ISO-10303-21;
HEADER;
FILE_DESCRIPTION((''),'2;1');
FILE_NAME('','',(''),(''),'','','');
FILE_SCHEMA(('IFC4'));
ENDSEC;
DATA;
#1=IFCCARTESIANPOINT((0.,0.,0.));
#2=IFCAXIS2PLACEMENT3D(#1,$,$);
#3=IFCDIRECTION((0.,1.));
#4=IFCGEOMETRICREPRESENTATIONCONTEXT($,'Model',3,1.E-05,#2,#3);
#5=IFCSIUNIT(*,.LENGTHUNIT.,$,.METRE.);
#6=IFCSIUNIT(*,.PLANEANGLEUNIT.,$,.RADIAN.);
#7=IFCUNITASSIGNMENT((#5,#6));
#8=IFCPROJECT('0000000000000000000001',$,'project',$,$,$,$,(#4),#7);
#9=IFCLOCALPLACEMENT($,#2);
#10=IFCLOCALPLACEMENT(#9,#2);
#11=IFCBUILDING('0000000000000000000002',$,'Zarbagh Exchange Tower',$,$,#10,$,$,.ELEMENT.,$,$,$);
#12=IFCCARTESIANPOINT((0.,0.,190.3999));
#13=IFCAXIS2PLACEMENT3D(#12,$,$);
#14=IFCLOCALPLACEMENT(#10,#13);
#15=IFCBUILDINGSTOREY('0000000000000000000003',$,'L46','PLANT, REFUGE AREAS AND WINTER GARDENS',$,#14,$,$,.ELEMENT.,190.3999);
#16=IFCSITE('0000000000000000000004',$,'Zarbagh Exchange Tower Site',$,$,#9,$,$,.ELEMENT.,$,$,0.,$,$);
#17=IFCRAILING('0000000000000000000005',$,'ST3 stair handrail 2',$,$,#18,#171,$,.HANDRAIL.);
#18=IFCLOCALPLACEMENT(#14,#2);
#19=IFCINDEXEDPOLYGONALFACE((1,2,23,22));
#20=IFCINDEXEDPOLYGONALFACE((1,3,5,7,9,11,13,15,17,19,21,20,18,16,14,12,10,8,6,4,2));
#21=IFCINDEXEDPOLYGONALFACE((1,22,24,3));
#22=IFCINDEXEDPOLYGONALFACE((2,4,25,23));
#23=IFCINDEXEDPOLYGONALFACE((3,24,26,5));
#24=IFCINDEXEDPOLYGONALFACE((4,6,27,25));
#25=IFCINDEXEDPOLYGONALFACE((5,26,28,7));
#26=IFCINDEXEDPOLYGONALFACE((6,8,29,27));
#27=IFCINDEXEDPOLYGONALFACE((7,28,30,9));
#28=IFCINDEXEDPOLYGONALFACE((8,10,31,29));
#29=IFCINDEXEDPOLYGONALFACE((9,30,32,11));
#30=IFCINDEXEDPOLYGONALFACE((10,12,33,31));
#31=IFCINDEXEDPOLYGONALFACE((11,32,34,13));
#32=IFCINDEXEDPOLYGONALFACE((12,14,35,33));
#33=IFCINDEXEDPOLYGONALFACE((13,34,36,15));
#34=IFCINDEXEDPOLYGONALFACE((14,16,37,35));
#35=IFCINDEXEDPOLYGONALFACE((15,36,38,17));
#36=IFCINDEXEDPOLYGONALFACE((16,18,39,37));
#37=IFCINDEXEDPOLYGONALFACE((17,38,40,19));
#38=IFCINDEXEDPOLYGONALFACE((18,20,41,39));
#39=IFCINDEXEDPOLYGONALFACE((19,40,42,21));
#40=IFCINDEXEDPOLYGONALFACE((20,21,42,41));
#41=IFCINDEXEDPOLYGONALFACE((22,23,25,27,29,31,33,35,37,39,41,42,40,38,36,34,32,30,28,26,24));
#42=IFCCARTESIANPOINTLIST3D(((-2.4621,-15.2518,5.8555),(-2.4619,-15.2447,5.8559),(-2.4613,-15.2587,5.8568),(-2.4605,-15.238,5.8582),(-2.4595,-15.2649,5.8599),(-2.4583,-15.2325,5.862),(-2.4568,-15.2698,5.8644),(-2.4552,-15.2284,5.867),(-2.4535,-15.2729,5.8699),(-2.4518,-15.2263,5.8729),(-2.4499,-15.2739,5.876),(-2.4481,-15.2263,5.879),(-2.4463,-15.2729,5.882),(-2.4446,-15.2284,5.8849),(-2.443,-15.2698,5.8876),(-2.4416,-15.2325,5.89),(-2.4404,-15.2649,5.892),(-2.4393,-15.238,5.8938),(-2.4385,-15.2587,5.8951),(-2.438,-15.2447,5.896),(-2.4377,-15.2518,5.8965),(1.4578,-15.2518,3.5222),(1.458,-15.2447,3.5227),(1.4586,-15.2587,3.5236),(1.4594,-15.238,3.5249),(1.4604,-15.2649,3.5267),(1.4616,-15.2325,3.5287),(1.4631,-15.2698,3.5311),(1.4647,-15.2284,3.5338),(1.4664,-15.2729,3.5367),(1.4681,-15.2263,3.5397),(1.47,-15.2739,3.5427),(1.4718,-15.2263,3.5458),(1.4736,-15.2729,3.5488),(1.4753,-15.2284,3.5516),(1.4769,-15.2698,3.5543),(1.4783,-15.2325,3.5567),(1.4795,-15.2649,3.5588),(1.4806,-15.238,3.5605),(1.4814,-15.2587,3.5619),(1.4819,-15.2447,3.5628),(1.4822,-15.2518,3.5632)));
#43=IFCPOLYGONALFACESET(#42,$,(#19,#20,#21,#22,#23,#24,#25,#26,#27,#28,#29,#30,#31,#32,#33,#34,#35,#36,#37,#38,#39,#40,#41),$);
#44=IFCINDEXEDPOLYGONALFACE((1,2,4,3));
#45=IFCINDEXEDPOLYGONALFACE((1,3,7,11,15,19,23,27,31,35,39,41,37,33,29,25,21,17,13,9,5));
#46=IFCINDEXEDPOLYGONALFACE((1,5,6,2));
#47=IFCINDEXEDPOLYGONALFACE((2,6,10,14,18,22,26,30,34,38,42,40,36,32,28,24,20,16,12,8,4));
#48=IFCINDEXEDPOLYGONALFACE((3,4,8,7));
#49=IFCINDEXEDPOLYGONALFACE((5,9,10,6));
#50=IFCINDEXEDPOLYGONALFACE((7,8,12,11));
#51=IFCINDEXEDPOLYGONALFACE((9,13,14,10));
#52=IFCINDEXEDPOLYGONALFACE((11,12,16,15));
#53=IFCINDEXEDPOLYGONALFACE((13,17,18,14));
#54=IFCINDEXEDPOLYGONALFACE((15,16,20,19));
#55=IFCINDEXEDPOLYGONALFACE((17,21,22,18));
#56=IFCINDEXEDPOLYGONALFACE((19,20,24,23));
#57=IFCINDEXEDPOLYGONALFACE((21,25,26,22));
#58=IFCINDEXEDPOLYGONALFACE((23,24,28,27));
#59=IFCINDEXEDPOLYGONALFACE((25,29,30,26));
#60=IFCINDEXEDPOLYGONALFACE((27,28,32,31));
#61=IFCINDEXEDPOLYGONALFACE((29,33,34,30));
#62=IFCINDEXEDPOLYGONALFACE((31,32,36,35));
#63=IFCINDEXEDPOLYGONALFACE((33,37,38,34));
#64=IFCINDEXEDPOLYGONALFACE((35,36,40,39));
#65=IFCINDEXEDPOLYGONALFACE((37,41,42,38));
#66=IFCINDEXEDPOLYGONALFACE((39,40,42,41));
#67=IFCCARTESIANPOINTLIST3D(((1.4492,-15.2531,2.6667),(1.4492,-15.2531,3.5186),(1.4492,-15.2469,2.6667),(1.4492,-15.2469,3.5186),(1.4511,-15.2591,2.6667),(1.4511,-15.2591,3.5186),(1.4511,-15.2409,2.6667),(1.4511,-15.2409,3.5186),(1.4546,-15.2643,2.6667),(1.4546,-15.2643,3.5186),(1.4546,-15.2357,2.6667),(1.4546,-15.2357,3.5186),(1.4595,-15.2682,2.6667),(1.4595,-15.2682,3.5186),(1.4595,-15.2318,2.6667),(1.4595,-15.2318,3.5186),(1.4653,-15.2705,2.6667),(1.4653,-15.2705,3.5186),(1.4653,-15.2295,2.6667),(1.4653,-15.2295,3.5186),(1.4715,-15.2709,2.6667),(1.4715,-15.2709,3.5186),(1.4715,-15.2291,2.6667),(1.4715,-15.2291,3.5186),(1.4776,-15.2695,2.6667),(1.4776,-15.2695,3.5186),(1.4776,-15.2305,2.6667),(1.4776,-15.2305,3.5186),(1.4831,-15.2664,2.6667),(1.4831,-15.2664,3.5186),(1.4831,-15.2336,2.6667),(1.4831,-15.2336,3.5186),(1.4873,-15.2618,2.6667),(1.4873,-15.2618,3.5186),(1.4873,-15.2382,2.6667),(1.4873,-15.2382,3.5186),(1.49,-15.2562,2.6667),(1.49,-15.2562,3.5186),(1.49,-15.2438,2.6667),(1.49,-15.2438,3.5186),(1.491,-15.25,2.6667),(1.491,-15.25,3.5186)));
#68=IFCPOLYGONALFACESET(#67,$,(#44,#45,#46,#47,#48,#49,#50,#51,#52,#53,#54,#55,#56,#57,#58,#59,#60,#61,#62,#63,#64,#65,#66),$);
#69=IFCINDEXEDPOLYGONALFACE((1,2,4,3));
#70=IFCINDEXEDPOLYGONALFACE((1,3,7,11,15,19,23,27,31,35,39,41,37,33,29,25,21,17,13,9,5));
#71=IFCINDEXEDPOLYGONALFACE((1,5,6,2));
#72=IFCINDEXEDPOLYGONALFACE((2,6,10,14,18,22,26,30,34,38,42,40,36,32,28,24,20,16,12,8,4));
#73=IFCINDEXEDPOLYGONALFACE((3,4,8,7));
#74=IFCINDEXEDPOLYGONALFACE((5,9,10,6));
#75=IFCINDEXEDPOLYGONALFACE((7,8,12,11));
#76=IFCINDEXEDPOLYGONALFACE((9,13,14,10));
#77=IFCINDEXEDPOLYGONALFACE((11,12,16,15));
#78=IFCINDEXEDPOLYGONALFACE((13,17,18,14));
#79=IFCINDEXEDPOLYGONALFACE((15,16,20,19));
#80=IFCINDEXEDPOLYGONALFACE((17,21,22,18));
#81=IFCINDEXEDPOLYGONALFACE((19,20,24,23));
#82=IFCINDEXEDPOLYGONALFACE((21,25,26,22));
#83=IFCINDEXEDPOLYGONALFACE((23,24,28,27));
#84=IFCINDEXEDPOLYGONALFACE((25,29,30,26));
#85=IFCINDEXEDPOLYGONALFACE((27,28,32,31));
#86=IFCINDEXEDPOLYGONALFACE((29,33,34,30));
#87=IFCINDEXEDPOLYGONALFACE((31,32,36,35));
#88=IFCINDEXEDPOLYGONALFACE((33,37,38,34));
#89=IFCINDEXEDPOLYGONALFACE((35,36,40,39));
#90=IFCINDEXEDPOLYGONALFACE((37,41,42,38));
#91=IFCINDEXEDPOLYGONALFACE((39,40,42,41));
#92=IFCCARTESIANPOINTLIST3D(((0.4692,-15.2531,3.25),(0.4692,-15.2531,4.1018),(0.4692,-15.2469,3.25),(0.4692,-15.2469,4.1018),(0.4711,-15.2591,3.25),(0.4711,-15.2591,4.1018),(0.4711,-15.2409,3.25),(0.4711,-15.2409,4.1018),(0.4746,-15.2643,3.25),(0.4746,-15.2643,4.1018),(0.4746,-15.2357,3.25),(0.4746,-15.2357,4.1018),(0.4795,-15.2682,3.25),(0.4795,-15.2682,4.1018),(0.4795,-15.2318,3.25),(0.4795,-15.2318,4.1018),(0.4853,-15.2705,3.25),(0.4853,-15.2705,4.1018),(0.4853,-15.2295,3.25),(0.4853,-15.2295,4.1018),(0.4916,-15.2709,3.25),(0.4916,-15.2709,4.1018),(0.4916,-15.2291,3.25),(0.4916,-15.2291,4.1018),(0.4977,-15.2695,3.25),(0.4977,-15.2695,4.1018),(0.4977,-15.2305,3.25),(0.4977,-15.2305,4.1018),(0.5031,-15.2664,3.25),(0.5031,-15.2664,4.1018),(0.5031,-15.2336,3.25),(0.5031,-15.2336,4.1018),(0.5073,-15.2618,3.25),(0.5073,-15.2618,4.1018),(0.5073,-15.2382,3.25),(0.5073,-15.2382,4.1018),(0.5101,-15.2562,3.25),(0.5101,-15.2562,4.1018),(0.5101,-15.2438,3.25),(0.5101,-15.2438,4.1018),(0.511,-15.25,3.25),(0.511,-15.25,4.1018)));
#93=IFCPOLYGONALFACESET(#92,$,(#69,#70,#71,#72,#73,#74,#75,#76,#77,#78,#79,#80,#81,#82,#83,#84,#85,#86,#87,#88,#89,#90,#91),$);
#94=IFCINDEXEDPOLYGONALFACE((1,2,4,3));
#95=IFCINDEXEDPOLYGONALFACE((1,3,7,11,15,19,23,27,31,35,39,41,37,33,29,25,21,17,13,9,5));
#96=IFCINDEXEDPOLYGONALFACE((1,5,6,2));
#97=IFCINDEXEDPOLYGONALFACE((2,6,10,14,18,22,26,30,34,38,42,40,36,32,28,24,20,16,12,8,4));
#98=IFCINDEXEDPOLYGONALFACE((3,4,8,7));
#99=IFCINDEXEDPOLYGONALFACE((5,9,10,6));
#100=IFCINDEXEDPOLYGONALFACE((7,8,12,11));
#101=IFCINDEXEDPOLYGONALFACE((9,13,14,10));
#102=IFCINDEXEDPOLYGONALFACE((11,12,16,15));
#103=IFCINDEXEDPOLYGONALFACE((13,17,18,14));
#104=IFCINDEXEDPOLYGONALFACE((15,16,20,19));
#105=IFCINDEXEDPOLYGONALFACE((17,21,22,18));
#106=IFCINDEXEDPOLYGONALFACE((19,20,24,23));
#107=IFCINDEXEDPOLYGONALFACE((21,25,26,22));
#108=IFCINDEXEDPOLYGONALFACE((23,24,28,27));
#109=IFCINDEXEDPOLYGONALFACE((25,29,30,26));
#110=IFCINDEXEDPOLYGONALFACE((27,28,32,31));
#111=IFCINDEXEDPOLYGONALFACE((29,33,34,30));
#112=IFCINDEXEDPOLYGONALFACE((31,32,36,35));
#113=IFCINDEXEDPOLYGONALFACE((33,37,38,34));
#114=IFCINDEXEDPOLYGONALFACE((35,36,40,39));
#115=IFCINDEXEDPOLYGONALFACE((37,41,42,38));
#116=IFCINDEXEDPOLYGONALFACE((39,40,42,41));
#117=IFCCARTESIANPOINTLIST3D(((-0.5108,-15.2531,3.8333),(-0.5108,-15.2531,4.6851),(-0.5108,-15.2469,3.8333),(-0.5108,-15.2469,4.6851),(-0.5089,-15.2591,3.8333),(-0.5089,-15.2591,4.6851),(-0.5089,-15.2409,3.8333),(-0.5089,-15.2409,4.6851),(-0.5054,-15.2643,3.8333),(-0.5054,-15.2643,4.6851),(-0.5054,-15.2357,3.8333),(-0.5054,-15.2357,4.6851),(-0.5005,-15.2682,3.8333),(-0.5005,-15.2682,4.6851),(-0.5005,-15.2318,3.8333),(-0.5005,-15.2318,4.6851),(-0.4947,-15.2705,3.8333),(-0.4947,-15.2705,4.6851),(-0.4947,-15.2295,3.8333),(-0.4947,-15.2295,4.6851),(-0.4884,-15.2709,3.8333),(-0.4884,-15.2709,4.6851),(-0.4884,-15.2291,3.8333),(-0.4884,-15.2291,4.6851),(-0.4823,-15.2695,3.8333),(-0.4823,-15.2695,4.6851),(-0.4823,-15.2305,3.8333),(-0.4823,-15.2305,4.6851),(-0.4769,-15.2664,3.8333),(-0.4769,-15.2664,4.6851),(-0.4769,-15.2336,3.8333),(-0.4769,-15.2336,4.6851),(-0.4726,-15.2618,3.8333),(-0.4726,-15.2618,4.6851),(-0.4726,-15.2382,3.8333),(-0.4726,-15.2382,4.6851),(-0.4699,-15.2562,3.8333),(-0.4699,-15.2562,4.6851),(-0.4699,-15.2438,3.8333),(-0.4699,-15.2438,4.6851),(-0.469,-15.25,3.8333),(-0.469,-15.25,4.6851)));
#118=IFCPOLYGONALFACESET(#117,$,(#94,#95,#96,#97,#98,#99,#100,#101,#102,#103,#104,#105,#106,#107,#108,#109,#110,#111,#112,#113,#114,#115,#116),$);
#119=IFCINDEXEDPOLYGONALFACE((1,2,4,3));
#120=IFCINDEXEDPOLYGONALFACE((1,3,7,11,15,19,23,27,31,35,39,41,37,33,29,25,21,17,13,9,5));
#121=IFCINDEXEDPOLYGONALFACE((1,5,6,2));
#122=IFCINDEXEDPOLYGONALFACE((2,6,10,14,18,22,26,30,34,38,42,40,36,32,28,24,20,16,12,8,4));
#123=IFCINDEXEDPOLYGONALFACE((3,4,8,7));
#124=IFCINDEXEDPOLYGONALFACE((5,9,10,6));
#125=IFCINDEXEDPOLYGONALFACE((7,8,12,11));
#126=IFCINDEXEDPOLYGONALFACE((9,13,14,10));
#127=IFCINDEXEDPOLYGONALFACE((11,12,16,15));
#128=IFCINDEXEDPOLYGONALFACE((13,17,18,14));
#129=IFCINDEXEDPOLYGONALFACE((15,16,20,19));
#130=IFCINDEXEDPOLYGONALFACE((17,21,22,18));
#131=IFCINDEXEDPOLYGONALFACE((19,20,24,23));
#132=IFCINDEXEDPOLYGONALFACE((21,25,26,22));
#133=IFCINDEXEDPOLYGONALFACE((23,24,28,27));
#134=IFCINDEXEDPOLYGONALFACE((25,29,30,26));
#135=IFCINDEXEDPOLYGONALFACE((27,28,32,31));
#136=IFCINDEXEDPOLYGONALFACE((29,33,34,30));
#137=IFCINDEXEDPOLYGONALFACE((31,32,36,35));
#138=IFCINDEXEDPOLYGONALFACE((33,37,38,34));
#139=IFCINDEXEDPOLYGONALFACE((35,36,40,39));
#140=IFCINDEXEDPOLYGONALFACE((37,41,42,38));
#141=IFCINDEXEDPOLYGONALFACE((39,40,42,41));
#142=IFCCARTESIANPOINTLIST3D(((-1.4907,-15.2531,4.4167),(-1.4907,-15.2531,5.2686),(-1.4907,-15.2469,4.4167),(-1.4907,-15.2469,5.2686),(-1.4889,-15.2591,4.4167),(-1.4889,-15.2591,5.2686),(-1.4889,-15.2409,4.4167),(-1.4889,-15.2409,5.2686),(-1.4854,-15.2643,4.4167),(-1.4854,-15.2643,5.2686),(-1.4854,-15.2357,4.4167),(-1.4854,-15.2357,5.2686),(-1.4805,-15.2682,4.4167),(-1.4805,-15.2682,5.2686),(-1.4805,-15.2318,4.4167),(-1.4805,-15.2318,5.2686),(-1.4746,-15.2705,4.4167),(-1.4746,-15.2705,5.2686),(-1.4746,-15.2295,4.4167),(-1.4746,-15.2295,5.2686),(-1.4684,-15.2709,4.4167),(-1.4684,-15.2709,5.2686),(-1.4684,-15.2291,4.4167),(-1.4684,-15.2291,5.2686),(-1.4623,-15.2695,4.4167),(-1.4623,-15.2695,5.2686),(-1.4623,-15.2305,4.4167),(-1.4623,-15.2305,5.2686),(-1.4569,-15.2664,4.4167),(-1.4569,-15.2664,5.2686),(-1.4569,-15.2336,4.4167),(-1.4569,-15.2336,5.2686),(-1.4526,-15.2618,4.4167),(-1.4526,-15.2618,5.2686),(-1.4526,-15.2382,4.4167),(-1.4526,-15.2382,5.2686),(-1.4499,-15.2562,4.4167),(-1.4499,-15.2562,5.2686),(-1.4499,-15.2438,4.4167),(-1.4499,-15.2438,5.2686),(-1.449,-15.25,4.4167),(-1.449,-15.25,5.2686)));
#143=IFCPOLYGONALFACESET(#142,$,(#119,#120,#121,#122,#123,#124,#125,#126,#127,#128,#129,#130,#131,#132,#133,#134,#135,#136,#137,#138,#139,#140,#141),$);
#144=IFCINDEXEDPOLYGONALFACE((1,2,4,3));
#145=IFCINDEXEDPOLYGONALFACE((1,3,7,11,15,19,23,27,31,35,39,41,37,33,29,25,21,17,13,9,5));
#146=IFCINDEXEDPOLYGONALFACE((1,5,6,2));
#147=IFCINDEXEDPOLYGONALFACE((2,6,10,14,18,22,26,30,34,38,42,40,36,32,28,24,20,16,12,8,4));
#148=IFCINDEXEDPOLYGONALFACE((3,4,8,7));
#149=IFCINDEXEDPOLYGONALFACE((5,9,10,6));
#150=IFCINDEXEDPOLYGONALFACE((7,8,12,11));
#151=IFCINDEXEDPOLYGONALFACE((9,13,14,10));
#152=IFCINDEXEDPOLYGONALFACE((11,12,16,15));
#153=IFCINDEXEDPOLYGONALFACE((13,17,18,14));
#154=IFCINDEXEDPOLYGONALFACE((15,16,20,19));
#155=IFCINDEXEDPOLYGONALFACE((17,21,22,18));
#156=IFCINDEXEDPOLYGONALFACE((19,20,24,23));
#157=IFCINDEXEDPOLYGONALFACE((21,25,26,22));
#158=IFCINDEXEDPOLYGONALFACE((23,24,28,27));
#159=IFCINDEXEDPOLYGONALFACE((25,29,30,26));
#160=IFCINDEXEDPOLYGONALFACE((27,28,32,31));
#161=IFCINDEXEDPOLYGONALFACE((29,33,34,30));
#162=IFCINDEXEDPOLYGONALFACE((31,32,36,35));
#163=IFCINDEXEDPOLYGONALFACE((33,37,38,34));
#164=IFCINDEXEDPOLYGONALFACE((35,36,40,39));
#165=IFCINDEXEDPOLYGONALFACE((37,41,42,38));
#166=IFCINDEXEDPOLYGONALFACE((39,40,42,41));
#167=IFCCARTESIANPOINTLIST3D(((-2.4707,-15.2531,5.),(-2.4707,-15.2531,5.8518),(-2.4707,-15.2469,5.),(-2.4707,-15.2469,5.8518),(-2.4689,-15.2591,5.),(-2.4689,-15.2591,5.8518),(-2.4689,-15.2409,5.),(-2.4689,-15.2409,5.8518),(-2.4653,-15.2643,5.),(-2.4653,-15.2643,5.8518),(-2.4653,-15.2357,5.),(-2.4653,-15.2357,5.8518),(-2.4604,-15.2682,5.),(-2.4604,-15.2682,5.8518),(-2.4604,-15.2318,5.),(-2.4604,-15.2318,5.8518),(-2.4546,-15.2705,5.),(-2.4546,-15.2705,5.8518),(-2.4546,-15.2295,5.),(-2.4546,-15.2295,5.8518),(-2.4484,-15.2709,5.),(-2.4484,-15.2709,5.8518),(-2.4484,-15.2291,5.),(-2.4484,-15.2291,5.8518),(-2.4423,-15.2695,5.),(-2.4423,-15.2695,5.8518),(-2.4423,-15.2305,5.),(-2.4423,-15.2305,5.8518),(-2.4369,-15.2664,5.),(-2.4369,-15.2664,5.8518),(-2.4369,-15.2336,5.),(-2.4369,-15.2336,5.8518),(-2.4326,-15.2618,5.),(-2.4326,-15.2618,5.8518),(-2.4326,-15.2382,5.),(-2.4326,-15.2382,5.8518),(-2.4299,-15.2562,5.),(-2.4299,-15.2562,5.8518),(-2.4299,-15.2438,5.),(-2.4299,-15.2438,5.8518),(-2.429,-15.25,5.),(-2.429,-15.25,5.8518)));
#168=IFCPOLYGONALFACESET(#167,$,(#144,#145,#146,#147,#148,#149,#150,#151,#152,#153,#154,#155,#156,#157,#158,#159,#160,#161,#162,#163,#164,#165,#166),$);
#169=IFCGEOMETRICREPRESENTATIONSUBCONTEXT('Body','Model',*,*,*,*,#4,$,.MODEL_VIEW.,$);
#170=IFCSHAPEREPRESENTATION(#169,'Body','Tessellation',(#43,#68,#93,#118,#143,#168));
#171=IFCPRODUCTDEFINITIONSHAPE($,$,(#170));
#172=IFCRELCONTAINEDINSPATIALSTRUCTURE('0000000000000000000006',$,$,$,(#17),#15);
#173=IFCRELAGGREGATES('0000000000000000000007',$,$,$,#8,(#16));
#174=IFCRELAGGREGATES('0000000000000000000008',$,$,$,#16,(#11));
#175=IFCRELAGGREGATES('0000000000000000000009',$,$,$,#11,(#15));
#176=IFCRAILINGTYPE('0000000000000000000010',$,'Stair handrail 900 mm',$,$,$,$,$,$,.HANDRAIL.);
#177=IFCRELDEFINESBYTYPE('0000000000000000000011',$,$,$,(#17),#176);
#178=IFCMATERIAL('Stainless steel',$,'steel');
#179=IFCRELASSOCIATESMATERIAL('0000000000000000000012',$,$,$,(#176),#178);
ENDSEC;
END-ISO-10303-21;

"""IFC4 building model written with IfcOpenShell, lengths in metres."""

from ifc_helpers import new_model, si_unit, direction, frame, origin, origin_2d, place, context, subcontext, project, spatial, circle, extrude, material, type_object, element, save


model = new_model("IFC4")

# Units and contexts
model_context = context("Model", 3, precision=1e-05, world=origin(), true_north=direction((0.0, 1.0)))
body_context = subcontext(model_context, "Body", "Model", "MODEL_VIEW")
ifc_project = project(units=[si_unit("LENGTHUNIT", "METRE"), si_unit("PLANEANGLEUNIT", "RADIAN")], contexts=[model_context])

# Site, building, storey
site_placement = place(None, origin())
site = spatial("IfcSite", under=ifc_project, at=site_placement, Name="Zarbagh Exchange Tower Site", CompositionType="ELEMENT", RefElevation=0.0)
building_placement = place(site_placement, origin())
building = spatial("IfcBuilding", under=site, at=building_placement, Name="Zarbagh Exchange Tower", CompositionType="ELEMENT")
storey_placement = place(building_placement, frame((0.0, 0.0, 190.3999)))
storey = spatial("IfcBuildingStorey", under=building, at=storey_placement, Name="L46", Description="PLANT, REFUGE AREAS AND WINTER GARDENS", CompositionType="ELEMENT", Elevation=190.3999)

# Shared definitions
ifc_material_1 = material(Name="Stainless steel", Category="steel")

# Railing
railing_type_1 = type_object("IfcRailingType", Name="Stair handrail 900 mm", PredefinedType="HANDRAIL", material=ifc_material_1)
railing_1_placement = place(storey_placement, frame((1.47, -15.25, 2.6667)))
element("IfcRailing", 1, at=railing_1_placement, inside=storey, type_object=railing_type_1, Name="ST3 stair handrail 2", PredefinedType="HANDRAIL", context=body_context, shape_type="SweptSolid", body=[
    extrude(circle(Radius=0.0239, at=origin_2d()), frame((0.0, 0.0, 0.876), z_axis=(-0.859296, 0.0, 0.511478), x_axis=(0.0, -1.0, 0.0)), (0.0, 0.0, 1.0), 4.5618),
    extrude(circle(Radius=0.021, at=origin_2d()), origin(), (0.0, 0.0, 1.0), 0.8518),
    extrude(circle(Radius=0.021, at=origin_2d()), frame((-0.98, 0.0, 0.5833)), (0.0, 0.0, 1.0), 0.8518),
    extrude(circle(Radius=0.021, at=origin_2d()), frame((-1.96, 0.0, 1.1665)), (0.0, 0.0, 1.0), 0.8518),
    extrude(circle(Radius=0.021, at=origin_2d()), frame((-2.9399, 0.0, 1.75)), (0.0, 0.0, 1.0), 0.8518),
    extrude(circle(Radius=0.021, at=origin_2d()), frame((-3.9199, 0.0, 2.3333)), (0.0, 0.0, 1.0), 0.8518),
])

save(model, "model.ifc")
